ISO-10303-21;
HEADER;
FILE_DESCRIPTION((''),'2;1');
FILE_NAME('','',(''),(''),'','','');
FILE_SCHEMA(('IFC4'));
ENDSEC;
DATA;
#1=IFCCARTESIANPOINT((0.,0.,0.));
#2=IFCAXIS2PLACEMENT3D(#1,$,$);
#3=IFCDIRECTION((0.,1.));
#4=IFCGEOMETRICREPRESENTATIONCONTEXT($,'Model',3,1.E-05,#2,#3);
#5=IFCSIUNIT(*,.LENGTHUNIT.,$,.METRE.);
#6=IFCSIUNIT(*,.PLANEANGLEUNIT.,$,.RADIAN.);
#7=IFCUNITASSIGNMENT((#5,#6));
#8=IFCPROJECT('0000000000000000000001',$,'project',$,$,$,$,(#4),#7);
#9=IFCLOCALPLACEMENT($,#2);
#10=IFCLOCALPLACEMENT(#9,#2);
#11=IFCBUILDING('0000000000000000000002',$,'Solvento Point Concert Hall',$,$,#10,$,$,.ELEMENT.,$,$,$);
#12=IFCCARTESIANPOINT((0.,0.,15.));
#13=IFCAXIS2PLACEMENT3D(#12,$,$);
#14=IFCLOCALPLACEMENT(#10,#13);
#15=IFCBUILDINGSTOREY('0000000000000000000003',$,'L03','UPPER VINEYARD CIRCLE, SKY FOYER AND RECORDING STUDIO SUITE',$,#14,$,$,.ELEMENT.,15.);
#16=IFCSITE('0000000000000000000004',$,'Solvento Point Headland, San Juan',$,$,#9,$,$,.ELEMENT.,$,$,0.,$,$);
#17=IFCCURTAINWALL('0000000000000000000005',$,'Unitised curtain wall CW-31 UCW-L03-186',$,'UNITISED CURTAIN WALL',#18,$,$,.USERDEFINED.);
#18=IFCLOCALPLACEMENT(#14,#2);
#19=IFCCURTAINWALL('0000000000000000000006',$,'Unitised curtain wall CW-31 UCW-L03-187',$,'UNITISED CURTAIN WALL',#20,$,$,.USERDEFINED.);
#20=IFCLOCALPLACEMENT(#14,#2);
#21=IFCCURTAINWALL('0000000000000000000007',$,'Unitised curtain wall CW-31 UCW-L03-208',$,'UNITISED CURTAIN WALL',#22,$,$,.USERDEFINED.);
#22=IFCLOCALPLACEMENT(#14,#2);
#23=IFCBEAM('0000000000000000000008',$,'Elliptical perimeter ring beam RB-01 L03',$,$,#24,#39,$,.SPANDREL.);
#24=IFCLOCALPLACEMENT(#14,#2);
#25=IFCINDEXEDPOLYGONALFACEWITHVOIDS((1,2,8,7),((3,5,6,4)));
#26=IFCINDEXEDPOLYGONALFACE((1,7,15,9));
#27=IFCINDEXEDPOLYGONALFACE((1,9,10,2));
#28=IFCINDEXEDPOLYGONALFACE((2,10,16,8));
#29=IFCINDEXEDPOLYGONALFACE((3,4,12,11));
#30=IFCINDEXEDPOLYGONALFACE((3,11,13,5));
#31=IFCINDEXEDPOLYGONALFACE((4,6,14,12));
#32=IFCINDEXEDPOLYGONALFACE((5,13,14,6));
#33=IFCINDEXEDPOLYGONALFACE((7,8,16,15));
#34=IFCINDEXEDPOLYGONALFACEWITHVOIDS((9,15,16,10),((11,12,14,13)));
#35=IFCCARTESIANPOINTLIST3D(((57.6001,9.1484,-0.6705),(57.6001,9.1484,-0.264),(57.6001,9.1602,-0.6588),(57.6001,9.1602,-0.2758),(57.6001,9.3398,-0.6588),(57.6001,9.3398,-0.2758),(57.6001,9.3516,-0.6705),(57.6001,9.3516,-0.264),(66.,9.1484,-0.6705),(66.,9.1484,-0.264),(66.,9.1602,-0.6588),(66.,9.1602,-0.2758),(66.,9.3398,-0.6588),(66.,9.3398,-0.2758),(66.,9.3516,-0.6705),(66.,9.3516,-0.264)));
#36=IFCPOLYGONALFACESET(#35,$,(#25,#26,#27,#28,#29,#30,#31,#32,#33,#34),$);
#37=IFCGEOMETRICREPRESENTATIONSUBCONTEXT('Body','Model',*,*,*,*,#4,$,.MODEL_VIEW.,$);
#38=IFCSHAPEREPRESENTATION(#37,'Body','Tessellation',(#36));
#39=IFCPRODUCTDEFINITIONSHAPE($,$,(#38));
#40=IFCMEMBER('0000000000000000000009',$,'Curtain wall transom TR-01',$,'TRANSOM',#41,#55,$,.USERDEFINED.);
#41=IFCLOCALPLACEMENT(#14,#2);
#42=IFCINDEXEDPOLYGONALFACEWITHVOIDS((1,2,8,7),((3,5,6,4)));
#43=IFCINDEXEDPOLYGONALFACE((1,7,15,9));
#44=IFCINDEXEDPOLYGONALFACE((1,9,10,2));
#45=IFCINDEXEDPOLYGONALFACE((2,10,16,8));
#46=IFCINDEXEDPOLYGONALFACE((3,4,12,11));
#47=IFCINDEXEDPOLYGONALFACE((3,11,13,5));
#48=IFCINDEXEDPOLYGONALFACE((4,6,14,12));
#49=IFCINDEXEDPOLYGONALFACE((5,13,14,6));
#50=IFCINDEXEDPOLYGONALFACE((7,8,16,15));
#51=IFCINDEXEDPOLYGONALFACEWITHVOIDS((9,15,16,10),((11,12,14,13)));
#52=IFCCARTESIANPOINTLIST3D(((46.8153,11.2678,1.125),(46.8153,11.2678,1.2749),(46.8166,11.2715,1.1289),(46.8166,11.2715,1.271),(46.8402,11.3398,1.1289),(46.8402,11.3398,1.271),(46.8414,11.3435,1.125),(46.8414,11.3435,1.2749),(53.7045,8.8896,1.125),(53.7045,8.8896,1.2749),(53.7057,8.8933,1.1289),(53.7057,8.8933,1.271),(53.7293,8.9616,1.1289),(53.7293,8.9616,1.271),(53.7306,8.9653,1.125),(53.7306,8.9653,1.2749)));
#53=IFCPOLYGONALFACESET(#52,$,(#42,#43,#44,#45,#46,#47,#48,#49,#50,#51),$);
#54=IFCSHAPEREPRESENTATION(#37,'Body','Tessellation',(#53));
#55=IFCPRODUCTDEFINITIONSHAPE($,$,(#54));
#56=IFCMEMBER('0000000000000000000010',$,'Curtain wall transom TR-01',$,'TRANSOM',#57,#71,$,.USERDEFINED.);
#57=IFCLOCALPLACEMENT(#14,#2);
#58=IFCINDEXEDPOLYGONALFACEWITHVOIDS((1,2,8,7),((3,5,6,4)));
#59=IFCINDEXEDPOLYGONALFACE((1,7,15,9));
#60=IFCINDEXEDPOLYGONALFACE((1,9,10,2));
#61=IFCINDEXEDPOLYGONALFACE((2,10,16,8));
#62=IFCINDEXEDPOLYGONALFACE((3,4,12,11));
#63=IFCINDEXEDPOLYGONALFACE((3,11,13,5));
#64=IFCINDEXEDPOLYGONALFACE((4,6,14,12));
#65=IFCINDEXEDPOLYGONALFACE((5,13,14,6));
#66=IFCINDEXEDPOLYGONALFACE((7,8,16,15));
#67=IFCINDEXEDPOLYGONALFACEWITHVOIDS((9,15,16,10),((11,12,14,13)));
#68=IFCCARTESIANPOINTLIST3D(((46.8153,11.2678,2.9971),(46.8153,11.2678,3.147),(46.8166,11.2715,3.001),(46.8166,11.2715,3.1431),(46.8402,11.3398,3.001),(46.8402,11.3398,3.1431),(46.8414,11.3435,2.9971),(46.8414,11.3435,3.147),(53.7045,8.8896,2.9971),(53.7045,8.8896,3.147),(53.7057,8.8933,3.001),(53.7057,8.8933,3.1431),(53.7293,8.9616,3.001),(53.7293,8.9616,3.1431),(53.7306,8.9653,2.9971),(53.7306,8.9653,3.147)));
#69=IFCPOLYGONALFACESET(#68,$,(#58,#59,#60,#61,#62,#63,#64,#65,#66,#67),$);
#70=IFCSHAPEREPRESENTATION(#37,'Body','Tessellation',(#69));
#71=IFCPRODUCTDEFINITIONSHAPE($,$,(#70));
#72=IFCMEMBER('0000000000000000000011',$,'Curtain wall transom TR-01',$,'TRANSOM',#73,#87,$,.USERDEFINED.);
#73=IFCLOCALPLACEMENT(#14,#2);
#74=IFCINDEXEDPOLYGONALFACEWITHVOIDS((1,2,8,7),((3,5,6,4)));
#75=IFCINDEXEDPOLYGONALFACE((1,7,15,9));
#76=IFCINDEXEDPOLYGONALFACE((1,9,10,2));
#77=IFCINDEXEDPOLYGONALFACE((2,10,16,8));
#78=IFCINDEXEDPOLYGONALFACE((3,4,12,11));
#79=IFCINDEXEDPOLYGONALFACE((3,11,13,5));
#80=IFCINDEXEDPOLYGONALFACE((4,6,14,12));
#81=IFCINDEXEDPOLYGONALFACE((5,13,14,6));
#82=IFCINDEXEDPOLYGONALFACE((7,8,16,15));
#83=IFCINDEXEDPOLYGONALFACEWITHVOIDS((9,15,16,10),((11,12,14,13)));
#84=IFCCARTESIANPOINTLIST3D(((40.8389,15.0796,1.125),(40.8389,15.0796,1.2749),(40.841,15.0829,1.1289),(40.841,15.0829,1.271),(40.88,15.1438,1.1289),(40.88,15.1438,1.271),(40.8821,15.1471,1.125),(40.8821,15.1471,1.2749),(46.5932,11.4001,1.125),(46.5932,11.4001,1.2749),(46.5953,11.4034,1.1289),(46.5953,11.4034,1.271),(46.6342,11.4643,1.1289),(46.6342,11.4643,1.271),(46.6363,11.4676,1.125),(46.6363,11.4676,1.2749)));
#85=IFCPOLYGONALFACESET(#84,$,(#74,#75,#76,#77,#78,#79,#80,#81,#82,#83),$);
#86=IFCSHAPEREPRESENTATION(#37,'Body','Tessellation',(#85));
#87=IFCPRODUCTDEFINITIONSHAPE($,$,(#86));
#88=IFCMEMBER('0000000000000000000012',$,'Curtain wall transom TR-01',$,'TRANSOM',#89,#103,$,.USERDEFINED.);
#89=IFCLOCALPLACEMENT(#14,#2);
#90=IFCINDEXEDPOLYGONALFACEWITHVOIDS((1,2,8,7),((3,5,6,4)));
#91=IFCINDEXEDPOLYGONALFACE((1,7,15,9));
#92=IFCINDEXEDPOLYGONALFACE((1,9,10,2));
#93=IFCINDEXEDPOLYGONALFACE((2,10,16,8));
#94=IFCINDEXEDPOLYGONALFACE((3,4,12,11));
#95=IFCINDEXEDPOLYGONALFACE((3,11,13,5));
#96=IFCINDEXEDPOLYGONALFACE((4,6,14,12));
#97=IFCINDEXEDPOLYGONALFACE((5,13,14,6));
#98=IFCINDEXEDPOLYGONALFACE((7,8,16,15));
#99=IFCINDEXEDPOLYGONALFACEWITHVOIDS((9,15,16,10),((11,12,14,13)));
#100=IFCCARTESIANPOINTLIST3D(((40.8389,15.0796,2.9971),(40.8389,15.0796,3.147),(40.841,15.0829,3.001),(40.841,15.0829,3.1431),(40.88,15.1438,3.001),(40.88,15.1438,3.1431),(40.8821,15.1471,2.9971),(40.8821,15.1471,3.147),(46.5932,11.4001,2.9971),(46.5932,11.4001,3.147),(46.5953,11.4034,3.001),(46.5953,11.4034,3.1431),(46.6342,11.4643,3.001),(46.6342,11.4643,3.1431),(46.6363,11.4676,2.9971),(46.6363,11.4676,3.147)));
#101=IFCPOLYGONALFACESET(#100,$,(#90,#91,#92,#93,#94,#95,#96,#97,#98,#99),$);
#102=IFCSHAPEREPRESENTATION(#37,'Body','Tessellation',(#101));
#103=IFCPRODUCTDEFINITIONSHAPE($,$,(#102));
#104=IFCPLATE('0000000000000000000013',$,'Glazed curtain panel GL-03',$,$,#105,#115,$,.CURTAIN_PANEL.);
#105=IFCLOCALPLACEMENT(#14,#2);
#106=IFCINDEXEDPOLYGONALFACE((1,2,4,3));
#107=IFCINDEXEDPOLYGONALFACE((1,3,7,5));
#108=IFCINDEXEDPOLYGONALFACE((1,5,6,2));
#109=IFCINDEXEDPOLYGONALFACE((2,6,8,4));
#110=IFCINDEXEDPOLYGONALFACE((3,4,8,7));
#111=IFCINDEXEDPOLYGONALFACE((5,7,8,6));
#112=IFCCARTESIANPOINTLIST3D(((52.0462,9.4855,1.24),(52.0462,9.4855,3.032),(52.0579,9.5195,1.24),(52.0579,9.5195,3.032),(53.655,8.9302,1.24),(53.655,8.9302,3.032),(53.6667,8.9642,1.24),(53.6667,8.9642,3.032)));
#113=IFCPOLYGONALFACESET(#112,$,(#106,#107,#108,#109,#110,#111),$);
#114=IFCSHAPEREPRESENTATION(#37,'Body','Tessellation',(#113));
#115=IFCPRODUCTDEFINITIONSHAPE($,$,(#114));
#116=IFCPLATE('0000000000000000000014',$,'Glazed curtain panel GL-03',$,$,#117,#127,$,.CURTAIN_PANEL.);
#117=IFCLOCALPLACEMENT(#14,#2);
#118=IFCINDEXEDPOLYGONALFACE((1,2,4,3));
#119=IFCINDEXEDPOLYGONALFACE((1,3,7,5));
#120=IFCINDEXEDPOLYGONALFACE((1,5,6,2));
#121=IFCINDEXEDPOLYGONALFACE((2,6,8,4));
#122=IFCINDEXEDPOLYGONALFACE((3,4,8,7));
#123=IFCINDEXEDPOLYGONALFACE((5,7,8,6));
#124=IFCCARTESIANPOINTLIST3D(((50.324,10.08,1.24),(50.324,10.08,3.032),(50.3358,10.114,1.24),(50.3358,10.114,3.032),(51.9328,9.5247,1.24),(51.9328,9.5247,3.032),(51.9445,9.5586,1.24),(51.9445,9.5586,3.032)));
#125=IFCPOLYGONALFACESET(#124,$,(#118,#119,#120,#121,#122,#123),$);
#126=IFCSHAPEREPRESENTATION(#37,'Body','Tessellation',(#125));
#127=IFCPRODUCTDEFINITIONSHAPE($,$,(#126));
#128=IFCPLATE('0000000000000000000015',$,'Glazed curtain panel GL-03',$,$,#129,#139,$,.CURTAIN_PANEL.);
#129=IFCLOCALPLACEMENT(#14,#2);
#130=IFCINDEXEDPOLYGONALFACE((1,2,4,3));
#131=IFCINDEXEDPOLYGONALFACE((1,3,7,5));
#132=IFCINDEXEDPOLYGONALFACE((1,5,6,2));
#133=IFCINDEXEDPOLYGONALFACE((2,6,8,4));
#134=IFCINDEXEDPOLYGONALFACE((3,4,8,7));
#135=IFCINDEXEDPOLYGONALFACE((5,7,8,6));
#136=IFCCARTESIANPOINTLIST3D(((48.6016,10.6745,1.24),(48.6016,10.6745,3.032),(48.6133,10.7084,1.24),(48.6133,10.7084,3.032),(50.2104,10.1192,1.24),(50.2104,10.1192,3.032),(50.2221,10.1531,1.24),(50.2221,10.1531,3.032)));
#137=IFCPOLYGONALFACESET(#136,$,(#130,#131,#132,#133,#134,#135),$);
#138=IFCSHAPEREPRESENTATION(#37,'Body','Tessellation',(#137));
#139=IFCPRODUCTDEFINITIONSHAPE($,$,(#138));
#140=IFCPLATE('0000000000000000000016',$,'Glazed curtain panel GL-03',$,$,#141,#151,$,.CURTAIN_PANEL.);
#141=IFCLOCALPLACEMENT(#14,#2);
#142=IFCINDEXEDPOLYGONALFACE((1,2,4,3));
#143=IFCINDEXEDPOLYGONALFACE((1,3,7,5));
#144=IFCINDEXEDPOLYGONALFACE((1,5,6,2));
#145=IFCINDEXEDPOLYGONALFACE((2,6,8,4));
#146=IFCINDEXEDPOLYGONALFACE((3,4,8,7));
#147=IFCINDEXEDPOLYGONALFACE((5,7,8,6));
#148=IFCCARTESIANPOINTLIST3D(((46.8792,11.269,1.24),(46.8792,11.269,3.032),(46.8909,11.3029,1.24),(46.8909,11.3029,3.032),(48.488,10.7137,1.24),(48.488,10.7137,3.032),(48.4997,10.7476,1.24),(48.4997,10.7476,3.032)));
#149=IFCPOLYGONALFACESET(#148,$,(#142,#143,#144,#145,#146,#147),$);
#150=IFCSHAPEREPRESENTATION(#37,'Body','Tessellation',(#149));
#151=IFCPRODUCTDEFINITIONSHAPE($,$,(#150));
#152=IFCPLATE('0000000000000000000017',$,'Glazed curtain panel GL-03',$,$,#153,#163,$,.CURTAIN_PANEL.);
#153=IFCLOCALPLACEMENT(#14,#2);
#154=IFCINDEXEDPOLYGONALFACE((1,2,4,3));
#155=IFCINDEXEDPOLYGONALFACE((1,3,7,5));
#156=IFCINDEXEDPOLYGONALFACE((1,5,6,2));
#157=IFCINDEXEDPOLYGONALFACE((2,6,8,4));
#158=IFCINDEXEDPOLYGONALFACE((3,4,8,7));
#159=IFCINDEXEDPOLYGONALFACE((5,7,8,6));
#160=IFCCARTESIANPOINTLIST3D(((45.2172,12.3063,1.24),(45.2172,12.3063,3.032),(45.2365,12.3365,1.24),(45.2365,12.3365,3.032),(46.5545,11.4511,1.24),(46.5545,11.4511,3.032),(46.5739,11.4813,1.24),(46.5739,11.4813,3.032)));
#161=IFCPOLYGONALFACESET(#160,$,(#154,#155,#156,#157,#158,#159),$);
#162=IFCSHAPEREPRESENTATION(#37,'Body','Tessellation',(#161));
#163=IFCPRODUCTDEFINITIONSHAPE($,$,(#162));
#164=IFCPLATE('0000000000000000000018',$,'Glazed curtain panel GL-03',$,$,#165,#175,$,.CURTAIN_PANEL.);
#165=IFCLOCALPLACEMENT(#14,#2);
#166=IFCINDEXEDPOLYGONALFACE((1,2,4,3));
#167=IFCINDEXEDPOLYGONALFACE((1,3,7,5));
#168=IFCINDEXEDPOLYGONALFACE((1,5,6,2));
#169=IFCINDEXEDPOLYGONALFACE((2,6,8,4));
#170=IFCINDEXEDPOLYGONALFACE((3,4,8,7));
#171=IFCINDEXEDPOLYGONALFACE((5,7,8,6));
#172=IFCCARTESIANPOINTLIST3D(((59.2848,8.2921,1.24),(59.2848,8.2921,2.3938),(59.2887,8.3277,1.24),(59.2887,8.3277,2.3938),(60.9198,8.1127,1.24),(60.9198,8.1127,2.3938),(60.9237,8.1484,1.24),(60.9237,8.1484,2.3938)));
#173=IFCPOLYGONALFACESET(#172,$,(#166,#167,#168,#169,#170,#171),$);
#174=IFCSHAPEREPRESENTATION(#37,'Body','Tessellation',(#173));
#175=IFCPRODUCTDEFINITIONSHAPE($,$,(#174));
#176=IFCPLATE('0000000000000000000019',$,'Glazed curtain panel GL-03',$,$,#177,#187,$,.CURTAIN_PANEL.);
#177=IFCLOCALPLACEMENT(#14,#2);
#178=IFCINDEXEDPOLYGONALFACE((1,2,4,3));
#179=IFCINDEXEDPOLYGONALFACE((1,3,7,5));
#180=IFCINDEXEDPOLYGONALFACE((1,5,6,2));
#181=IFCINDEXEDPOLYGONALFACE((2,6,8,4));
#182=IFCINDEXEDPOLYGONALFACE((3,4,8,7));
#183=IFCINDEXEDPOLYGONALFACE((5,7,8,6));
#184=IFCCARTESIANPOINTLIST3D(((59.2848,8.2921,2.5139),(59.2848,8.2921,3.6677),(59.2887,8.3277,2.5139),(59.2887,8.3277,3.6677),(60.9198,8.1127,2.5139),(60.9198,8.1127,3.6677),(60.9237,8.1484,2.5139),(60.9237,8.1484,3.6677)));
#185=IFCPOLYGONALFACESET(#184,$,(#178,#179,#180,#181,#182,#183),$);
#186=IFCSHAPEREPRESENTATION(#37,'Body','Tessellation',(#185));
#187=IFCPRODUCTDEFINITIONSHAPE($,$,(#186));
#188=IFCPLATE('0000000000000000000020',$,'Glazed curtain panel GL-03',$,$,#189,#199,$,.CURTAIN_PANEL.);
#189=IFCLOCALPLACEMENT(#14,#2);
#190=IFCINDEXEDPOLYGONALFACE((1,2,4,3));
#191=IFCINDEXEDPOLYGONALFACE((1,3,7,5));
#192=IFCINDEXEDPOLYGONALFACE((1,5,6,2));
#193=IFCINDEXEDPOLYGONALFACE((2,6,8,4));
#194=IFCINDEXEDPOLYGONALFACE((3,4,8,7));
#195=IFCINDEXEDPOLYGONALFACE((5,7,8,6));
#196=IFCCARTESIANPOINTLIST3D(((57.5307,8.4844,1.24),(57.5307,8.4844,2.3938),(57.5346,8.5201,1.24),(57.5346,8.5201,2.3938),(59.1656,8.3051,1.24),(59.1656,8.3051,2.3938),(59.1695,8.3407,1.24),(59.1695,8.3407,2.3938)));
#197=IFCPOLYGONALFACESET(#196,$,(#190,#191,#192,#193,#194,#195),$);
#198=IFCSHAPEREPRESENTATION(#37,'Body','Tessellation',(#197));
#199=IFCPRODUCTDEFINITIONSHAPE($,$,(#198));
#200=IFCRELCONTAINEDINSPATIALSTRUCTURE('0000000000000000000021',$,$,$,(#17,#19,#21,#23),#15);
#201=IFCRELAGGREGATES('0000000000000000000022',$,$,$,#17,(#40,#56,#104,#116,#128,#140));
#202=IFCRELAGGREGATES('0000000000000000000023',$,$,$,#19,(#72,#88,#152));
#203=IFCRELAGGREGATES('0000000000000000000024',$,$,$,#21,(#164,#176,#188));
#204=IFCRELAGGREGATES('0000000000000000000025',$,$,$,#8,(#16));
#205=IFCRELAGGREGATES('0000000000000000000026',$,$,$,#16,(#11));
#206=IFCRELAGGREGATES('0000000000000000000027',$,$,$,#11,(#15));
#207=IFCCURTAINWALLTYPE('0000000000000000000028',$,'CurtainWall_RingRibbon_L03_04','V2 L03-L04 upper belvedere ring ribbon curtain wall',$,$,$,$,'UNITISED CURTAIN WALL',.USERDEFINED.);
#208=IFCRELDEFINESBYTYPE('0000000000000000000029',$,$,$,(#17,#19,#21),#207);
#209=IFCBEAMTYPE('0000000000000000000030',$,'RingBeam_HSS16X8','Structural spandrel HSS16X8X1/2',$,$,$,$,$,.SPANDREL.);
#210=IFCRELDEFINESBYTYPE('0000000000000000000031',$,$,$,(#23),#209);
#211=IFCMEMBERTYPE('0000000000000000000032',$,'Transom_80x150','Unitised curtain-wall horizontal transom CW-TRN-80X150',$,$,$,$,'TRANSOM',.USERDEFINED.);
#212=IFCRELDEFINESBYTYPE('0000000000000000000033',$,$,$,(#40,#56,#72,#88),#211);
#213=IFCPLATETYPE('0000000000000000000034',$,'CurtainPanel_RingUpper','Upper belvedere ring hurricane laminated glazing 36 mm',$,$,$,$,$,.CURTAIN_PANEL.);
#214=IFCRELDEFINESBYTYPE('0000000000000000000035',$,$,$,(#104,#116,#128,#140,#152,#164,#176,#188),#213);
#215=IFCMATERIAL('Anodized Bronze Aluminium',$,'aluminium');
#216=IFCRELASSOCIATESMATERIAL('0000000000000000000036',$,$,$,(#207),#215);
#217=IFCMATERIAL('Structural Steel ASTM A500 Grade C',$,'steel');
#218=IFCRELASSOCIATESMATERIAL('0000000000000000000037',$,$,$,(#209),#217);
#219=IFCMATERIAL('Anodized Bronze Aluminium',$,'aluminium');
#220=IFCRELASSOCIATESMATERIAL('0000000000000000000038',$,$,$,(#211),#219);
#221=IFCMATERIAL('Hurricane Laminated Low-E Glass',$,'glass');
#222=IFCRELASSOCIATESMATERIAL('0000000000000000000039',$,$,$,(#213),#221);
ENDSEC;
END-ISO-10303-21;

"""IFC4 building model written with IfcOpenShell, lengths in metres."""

from ifc_helpers import new_model, si_unit, direction, frame, origin, origin_2d, place, context, subcontext, project, spatial, rectangle, hollow_rectangle, extrude, material, material_profile, profile_set, type_object, element, aggregate, save


model = new_model("IFC4")

# Units and contexts
model_context = context("Model", 3, precision=1e-05, world=origin(), true_north=direction((0.0, 1.0)))
body_context = subcontext(model_context, "Body", "Model", "MODEL_VIEW")
ifc_project = project(units=[si_unit("LENGTHUNIT", "METRE"), si_unit("PLANEANGLEUNIT", "RADIAN")], contexts=[model_context])

# Site, building, storey
site_placement = place(None, origin())
site = spatial("IfcSite", under=ifc_project, at=site_placement, Name="Solvento Point Headland, San Juan", CompositionType="ELEMENT", RefElevation=0.0)
building_placement = place(site_placement, origin())
building = spatial("IfcBuilding", under=site, at=building_placement, Name="Solvento Point Concert Hall", CompositionType="ELEMENT")
storey_placement = place(building_placement, frame((0.0, 0.0, 15.0)))
storey = spatial("IfcBuildingStorey", under=building, at=storey_placement, Name="L03", Description="UPPER VINEYARD CIRCLE, SKY FOYER AND RECORDING STUDIO SUITE", CompositionType="ELEMENT", Elevation=15.0)

# Curtain wall
ifc_material_1 = material(Name="Anodized Bronze Aluminium", Category="aluminium")
curtain_wall_type = type_object("IfcCurtainWallType", Name="CurtainWall_RingRibbon_L03_04", Description="V2 L03-L04 upper belvedere ring ribbon curtain wall", ElementType="UNITISED CURTAIN WALL", PredefinedType="USERDEFINED", material=ifc_material_1)
curtain_wall_1_placement = place(storey_placement, origin())
curtain_wall_1 = element("IfcCurtainWall", 1, at=curtain_wall_1_placement, inside=storey, type_object=curtain_wall_type, Name="Unitised curtain wall CW-31 UCW-L03-186", ObjectType="UNITISED CURTAIN WALL", PredefinedType="USERDEFINED")

# Curtain wall
curtain_wall_2_placement = place(storey_placement, origin())
curtain_wall_2 = element("IfcCurtainWall", 2, at=curtain_wall_2_placement, inside=storey, type_object=curtain_wall_type, Name="Unitised curtain wall CW-31 UCW-L03-187", ObjectType="UNITISED CURTAIN WALL", PredefinedType="USERDEFINED")

# Curtain wall
curtain_wall_3_placement = place(storey_placement, origin())
curtain_wall_3 = element("IfcCurtainWall", 3, at=curtain_wall_3_placement, inside=storey, type_object=curtain_wall_type, Name="Unitised curtain wall CW-31 UCW-L03-208", ObjectType="UNITISED CURTAIN WALL", PredefinedType="USERDEFINED")

# Beam
ifc_material_2 = material(Name="Structural Steel ASTM A500 Grade C", Category="steel")
ifc_material_profile_1 = material_profile(ifc_material_2, hollow_rectangle(XDim=0.2031, YDim=0.4065, WallThickness=0.0117, at=origin_2d()), Name="HSS16X8X1/2")
ifc_profile_set_1 = profile_set([ifc_material_profile_1], Name="Structural Steel ASTM A500 Grade C")
beam_type = type_object("IfcBeamType", Name="RingBeam_HSS16X8", Description="Structural spandrel HSS16X8X1/2", PredefinedType="SPANDREL", material=ifc_profile_set_1)
beam_1_placement = place(storey_placement, frame((57.6001, 9.25, -0.4673), z_axis=(1.0, 0.0, 0.0), x_axis=(0.0, 1.0, 0.0)))
element("IfcBeam", 4, at=beam_1_placement, inside=storey, type_object=beam_type, Name="Elliptical perimeter ring beam RB-01 L03", PredefinedType="SPANDREL", context=body_context, shape_type="SweptSolid", body=[
    extrude(hollow_rectangle(XDim=0.2031, YDim=0.4065, WallThickness=0.0117, at=origin_2d()), origin(), (0.0, 0.0, 1.0), 8.3999),
])

# Members
ifc_material_3 = material(Name="Anodized Bronze Aluminium", Category="aluminium")
ifc_material_profile_2 = material_profile(ifc_material_3, hollow_rectangle(XDim=0.0801, YDim=0.1499, WallThickness=0.0039, at=origin_2d()), Name="CW-TRN-80X150")
ifc_profile_set_2 = profile_set([ifc_material_profile_2], Name="Anodized Bronze Aluminium")
member_type_1 = type_object("IfcMemberType", Name="Transom_80x150", Description="Unitised curtain-wall horizontal transom CW-TRN-80X150", ElementType="TRANSOM", PredefinedType="USERDEFINED", material=ifc_profile_set_2)
member_1_placement = place(storey_placement, frame((53.7175, 8.9275, 1.2), z_axis=(-0.945263, 0.32631, 0.0), x_axis=(-0.32631, -0.945263, 0.0)))
member_1 = element("IfcMember", 5, at=member_1_placement, type_object=member_type_1, Name="Curtain wall transom TR-01", ObjectType="TRANSOM", PredefinedType="USERDEFINED", context=body_context, shape_type="SweptSolid", body=[
    extrude(hollow_rectangle(XDim=0.0801, YDim=0.1499, WallThickness=0.0039, at=origin_2d()), origin(), (0.0, 0.0, 1.0), 7.2881),
])
member_2_placement = place(storey_placement, frame((53.7175, 8.9275, 3.072), z_axis=(-0.945263, 0.32631, 0.0), x_axis=(-0.32631, -0.945263, 0.0)))
member_2 = element("IfcMember", 6, at=member_2_placement, type_object=member_type_1, Name="Curtain wall transom TR-01", ObjectType="TRANSOM", PredefinedType="USERDEFINED", context=body_context, shape_type="SweptSolid", body=[
    extrude(hollow_rectangle(XDim=0.0801, YDim=0.1499, WallThickness=0.0039, at=origin_2d()), origin(), (0.0, 0.0, 1.0), 7.2881),
])
member_3_placement = place(storey_placement, frame((46.6147, 11.4338, 1.2), z_axis=(-0.842485, 0.53872, 0.0), x_axis=(-0.53872, -0.842485, 0.0)))
member_3 = element("IfcMember", 7, at=member_3_placement, type_object=member_type_1, Name="Curtain wall transom TR-01", ObjectType="TRANSOM", PredefinedType="USERDEFINED", context=body_context, shape_type="SweptSolid", body=[
    extrude(hollow_rectangle(XDim=0.0801, YDim=0.1499, WallThickness=0.0039, at=origin_2d()), origin(), (0.0, 0.0, 1.0), 6.8301),
])
member_4_placement = place(storey_placement, frame((46.6147, 11.4338, 3.072), z_axis=(-0.842485, 0.53872, 0.0), x_axis=(-0.53872, -0.842485, 0.0)))
member_4 = element("IfcMember", 8, at=member_4_placement, type_object=member_type_1, Name="Curtain wall transom TR-01", ObjectType="TRANSOM", PredefinedType="USERDEFINED", context=body_context, shape_type="SweptSolid", body=[
    extrude(hollow_rectangle(XDim=0.0801, YDim=0.1499, WallThickness=0.0039, at=origin_2d()), origin(), (0.0, 0.0, 1.0), 6.8301),
])

# Plates
ifc_material_4 = material(Name="Hurricane Laminated Low-E Glass", Category="glass")
plate_type = type_object("IfcPlateType", Name="CurtainPanel_RingUpper", Description="Upper belvedere ring hurricane laminated glazing 36 mm", PredefinedType="CURTAIN_PANEL", material=ifc_material_4)
plate_1_placement = place(storey_placement, frame((52.8564, 9.2249, 1.24), z_axis=(0.0, 0.0, 1.0), x_axis=(-0.945271, 0.326286, 0.0)))
plate_1 = element("IfcPlate", 9, at=plate_1_placement, type_object=plate_type, Name="Glazed curtain panel GL-03", PredefinedType="CURTAIN_PANEL", context=body_context, shape_type="SweptSolid", body=[
    extrude(rectangle(XDim=1.7019, YDim=0.0359, at=origin_2d()), origin(), (0.0, 0.0, 1.0), 1.792),
])
plate_2_placement = place(storey_placement, frame((51.1343, 9.8193, 1.24), z_axis=(0.0, 0.0, 1.0), x_axis=(-0.945271, 0.326286, 0.0)))
plate_2 = element("IfcPlate", 10, at=plate_2_placement, type_object=plate_type, Name="Glazed curtain panel GL-03", PredefinedType="CURTAIN_PANEL", context=body_context, shape_type="SweptSolid", body=[
    extrude(rectangle(XDim=1.7019, YDim=0.0359, at=origin_2d()), origin(), (0.0, 0.0, 1.0), 1.792),
])
plate_3_placement = place(storey_placement, frame((49.4119, 10.4138, 1.24), z_axis=(0.0, 0.0, 1.0), x_axis=(-0.945271, 0.326286, 0.0)))
plate_3 = element("IfcPlate", 11, at=plate_3_placement, type_object=plate_type, Name="Glazed curtain panel GL-03", PredefinedType="CURTAIN_PANEL", context=body_context, shape_type="SweptSolid", body=[
    extrude(rectangle(XDim=1.7019, YDim=0.0359, at=origin_2d()), origin(), (0.0, 0.0, 1.0), 1.792),
])
plate_4_placement = place(storey_placement, frame((47.6895, 11.0083, 1.24), z_axis=(0.0, 0.0, 1.0), x_axis=(-0.945271, 0.326286, 0.0)))
plate_4 = element("IfcPlate", 12, at=plate_4_placement, type_object=plate_type, Name="Glazed curtain panel GL-03", PredefinedType="CURTAIN_PANEL", context=body_context, shape_type="SweptSolid", body=[
    extrude(rectangle(XDim=1.7019, YDim=0.0359, at=origin_2d()), origin(), (0.0, 0.0, 1.0), 1.792),
])
aggregate(curtain_wall_1, [member_1, member_2, plate_1, plate_2, plate_3, plate_4])
plate_5_placement = place(storey_placement, frame((45.8955, 11.8938, 1.24), z_axis=(0.0, 0.0, 1.0), x_axis=(-0.84249, 0.538712, 0.0)))
plate_5 = element("IfcPlate", 13, at=plate_5_placement, type_object=plate_type, Name="Glazed curtain panel GL-03", PredefinedType="CURTAIN_PANEL", context=body_context, shape_type="SweptSolid", body=[
    extrude(rectangle(XDim=1.5874, YDim=0.0359, at=origin_2d()), origin(), (0.0, 0.0, 1.0), 1.792),
])
aggregate(curtain_wall_2, [member_3, member_4, plate_5])
plate_6_placement = place(storey_placement, frame((60.1042, 8.2202, 1.24), z_axis=(0.0, 0.0, 1.0), x_axis=(-0.994035, 0.109058, 0.0)))
plate_6 = element("IfcPlate", 14, at=plate_6_placement, type_object=plate_type, Name="Glazed curtain panel GL-03", PredefinedType="CURTAIN_PANEL", context=body_context, shape_type="SweptSolid", body=[
    extrude(rectangle(XDim=1.6448, YDim=0.0359, at=origin_2d()), origin(), (0.0, 0.0, 1.0), 1.1538),
])
plate_7_placement = place(storey_placement, frame((60.1042, 8.2202, 2.5139), z_axis=(0.0, 0.0, 1.0), x_axis=(-0.994035, 0.109058, 0.0)))
plate_7 = element("IfcPlate", 15, at=plate_7_placement, type_object=plate_type, Name="Glazed curtain panel GL-03", PredefinedType="CURTAIN_PANEL", context=body_context, shape_type="SweptSolid", body=[
    extrude(rectangle(XDim=1.6448, YDim=0.0359, at=origin_2d()), origin(), (0.0, 0.0, 1.0), 1.1538),
])
plate_8_placement = place(storey_placement, frame((58.3501, 8.4126, 1.24), z_axis=(0.0, 0.0, 1.0), x_axis=(-0.994035, 0.109058, 0.0)))
plate_8 = element("IfcPlate", 16, at=plate_8_placement, type_object=plate_type, Name="Glazed curtain panel GL-03", PredefinedType="CURTAIN_PANEL", context=body_context, shape_type="SweptSolid", body=[
    extrude(rectangle(XDim=1.6448, YDim=0.0359, at=origin_2d()), origin(), (0.0, 0.0, 1.0), 1.1538),
])
aggregate(curtain_wall_3, [plate_6, plate_7, plate_8])

save(model, "model.ifc")
